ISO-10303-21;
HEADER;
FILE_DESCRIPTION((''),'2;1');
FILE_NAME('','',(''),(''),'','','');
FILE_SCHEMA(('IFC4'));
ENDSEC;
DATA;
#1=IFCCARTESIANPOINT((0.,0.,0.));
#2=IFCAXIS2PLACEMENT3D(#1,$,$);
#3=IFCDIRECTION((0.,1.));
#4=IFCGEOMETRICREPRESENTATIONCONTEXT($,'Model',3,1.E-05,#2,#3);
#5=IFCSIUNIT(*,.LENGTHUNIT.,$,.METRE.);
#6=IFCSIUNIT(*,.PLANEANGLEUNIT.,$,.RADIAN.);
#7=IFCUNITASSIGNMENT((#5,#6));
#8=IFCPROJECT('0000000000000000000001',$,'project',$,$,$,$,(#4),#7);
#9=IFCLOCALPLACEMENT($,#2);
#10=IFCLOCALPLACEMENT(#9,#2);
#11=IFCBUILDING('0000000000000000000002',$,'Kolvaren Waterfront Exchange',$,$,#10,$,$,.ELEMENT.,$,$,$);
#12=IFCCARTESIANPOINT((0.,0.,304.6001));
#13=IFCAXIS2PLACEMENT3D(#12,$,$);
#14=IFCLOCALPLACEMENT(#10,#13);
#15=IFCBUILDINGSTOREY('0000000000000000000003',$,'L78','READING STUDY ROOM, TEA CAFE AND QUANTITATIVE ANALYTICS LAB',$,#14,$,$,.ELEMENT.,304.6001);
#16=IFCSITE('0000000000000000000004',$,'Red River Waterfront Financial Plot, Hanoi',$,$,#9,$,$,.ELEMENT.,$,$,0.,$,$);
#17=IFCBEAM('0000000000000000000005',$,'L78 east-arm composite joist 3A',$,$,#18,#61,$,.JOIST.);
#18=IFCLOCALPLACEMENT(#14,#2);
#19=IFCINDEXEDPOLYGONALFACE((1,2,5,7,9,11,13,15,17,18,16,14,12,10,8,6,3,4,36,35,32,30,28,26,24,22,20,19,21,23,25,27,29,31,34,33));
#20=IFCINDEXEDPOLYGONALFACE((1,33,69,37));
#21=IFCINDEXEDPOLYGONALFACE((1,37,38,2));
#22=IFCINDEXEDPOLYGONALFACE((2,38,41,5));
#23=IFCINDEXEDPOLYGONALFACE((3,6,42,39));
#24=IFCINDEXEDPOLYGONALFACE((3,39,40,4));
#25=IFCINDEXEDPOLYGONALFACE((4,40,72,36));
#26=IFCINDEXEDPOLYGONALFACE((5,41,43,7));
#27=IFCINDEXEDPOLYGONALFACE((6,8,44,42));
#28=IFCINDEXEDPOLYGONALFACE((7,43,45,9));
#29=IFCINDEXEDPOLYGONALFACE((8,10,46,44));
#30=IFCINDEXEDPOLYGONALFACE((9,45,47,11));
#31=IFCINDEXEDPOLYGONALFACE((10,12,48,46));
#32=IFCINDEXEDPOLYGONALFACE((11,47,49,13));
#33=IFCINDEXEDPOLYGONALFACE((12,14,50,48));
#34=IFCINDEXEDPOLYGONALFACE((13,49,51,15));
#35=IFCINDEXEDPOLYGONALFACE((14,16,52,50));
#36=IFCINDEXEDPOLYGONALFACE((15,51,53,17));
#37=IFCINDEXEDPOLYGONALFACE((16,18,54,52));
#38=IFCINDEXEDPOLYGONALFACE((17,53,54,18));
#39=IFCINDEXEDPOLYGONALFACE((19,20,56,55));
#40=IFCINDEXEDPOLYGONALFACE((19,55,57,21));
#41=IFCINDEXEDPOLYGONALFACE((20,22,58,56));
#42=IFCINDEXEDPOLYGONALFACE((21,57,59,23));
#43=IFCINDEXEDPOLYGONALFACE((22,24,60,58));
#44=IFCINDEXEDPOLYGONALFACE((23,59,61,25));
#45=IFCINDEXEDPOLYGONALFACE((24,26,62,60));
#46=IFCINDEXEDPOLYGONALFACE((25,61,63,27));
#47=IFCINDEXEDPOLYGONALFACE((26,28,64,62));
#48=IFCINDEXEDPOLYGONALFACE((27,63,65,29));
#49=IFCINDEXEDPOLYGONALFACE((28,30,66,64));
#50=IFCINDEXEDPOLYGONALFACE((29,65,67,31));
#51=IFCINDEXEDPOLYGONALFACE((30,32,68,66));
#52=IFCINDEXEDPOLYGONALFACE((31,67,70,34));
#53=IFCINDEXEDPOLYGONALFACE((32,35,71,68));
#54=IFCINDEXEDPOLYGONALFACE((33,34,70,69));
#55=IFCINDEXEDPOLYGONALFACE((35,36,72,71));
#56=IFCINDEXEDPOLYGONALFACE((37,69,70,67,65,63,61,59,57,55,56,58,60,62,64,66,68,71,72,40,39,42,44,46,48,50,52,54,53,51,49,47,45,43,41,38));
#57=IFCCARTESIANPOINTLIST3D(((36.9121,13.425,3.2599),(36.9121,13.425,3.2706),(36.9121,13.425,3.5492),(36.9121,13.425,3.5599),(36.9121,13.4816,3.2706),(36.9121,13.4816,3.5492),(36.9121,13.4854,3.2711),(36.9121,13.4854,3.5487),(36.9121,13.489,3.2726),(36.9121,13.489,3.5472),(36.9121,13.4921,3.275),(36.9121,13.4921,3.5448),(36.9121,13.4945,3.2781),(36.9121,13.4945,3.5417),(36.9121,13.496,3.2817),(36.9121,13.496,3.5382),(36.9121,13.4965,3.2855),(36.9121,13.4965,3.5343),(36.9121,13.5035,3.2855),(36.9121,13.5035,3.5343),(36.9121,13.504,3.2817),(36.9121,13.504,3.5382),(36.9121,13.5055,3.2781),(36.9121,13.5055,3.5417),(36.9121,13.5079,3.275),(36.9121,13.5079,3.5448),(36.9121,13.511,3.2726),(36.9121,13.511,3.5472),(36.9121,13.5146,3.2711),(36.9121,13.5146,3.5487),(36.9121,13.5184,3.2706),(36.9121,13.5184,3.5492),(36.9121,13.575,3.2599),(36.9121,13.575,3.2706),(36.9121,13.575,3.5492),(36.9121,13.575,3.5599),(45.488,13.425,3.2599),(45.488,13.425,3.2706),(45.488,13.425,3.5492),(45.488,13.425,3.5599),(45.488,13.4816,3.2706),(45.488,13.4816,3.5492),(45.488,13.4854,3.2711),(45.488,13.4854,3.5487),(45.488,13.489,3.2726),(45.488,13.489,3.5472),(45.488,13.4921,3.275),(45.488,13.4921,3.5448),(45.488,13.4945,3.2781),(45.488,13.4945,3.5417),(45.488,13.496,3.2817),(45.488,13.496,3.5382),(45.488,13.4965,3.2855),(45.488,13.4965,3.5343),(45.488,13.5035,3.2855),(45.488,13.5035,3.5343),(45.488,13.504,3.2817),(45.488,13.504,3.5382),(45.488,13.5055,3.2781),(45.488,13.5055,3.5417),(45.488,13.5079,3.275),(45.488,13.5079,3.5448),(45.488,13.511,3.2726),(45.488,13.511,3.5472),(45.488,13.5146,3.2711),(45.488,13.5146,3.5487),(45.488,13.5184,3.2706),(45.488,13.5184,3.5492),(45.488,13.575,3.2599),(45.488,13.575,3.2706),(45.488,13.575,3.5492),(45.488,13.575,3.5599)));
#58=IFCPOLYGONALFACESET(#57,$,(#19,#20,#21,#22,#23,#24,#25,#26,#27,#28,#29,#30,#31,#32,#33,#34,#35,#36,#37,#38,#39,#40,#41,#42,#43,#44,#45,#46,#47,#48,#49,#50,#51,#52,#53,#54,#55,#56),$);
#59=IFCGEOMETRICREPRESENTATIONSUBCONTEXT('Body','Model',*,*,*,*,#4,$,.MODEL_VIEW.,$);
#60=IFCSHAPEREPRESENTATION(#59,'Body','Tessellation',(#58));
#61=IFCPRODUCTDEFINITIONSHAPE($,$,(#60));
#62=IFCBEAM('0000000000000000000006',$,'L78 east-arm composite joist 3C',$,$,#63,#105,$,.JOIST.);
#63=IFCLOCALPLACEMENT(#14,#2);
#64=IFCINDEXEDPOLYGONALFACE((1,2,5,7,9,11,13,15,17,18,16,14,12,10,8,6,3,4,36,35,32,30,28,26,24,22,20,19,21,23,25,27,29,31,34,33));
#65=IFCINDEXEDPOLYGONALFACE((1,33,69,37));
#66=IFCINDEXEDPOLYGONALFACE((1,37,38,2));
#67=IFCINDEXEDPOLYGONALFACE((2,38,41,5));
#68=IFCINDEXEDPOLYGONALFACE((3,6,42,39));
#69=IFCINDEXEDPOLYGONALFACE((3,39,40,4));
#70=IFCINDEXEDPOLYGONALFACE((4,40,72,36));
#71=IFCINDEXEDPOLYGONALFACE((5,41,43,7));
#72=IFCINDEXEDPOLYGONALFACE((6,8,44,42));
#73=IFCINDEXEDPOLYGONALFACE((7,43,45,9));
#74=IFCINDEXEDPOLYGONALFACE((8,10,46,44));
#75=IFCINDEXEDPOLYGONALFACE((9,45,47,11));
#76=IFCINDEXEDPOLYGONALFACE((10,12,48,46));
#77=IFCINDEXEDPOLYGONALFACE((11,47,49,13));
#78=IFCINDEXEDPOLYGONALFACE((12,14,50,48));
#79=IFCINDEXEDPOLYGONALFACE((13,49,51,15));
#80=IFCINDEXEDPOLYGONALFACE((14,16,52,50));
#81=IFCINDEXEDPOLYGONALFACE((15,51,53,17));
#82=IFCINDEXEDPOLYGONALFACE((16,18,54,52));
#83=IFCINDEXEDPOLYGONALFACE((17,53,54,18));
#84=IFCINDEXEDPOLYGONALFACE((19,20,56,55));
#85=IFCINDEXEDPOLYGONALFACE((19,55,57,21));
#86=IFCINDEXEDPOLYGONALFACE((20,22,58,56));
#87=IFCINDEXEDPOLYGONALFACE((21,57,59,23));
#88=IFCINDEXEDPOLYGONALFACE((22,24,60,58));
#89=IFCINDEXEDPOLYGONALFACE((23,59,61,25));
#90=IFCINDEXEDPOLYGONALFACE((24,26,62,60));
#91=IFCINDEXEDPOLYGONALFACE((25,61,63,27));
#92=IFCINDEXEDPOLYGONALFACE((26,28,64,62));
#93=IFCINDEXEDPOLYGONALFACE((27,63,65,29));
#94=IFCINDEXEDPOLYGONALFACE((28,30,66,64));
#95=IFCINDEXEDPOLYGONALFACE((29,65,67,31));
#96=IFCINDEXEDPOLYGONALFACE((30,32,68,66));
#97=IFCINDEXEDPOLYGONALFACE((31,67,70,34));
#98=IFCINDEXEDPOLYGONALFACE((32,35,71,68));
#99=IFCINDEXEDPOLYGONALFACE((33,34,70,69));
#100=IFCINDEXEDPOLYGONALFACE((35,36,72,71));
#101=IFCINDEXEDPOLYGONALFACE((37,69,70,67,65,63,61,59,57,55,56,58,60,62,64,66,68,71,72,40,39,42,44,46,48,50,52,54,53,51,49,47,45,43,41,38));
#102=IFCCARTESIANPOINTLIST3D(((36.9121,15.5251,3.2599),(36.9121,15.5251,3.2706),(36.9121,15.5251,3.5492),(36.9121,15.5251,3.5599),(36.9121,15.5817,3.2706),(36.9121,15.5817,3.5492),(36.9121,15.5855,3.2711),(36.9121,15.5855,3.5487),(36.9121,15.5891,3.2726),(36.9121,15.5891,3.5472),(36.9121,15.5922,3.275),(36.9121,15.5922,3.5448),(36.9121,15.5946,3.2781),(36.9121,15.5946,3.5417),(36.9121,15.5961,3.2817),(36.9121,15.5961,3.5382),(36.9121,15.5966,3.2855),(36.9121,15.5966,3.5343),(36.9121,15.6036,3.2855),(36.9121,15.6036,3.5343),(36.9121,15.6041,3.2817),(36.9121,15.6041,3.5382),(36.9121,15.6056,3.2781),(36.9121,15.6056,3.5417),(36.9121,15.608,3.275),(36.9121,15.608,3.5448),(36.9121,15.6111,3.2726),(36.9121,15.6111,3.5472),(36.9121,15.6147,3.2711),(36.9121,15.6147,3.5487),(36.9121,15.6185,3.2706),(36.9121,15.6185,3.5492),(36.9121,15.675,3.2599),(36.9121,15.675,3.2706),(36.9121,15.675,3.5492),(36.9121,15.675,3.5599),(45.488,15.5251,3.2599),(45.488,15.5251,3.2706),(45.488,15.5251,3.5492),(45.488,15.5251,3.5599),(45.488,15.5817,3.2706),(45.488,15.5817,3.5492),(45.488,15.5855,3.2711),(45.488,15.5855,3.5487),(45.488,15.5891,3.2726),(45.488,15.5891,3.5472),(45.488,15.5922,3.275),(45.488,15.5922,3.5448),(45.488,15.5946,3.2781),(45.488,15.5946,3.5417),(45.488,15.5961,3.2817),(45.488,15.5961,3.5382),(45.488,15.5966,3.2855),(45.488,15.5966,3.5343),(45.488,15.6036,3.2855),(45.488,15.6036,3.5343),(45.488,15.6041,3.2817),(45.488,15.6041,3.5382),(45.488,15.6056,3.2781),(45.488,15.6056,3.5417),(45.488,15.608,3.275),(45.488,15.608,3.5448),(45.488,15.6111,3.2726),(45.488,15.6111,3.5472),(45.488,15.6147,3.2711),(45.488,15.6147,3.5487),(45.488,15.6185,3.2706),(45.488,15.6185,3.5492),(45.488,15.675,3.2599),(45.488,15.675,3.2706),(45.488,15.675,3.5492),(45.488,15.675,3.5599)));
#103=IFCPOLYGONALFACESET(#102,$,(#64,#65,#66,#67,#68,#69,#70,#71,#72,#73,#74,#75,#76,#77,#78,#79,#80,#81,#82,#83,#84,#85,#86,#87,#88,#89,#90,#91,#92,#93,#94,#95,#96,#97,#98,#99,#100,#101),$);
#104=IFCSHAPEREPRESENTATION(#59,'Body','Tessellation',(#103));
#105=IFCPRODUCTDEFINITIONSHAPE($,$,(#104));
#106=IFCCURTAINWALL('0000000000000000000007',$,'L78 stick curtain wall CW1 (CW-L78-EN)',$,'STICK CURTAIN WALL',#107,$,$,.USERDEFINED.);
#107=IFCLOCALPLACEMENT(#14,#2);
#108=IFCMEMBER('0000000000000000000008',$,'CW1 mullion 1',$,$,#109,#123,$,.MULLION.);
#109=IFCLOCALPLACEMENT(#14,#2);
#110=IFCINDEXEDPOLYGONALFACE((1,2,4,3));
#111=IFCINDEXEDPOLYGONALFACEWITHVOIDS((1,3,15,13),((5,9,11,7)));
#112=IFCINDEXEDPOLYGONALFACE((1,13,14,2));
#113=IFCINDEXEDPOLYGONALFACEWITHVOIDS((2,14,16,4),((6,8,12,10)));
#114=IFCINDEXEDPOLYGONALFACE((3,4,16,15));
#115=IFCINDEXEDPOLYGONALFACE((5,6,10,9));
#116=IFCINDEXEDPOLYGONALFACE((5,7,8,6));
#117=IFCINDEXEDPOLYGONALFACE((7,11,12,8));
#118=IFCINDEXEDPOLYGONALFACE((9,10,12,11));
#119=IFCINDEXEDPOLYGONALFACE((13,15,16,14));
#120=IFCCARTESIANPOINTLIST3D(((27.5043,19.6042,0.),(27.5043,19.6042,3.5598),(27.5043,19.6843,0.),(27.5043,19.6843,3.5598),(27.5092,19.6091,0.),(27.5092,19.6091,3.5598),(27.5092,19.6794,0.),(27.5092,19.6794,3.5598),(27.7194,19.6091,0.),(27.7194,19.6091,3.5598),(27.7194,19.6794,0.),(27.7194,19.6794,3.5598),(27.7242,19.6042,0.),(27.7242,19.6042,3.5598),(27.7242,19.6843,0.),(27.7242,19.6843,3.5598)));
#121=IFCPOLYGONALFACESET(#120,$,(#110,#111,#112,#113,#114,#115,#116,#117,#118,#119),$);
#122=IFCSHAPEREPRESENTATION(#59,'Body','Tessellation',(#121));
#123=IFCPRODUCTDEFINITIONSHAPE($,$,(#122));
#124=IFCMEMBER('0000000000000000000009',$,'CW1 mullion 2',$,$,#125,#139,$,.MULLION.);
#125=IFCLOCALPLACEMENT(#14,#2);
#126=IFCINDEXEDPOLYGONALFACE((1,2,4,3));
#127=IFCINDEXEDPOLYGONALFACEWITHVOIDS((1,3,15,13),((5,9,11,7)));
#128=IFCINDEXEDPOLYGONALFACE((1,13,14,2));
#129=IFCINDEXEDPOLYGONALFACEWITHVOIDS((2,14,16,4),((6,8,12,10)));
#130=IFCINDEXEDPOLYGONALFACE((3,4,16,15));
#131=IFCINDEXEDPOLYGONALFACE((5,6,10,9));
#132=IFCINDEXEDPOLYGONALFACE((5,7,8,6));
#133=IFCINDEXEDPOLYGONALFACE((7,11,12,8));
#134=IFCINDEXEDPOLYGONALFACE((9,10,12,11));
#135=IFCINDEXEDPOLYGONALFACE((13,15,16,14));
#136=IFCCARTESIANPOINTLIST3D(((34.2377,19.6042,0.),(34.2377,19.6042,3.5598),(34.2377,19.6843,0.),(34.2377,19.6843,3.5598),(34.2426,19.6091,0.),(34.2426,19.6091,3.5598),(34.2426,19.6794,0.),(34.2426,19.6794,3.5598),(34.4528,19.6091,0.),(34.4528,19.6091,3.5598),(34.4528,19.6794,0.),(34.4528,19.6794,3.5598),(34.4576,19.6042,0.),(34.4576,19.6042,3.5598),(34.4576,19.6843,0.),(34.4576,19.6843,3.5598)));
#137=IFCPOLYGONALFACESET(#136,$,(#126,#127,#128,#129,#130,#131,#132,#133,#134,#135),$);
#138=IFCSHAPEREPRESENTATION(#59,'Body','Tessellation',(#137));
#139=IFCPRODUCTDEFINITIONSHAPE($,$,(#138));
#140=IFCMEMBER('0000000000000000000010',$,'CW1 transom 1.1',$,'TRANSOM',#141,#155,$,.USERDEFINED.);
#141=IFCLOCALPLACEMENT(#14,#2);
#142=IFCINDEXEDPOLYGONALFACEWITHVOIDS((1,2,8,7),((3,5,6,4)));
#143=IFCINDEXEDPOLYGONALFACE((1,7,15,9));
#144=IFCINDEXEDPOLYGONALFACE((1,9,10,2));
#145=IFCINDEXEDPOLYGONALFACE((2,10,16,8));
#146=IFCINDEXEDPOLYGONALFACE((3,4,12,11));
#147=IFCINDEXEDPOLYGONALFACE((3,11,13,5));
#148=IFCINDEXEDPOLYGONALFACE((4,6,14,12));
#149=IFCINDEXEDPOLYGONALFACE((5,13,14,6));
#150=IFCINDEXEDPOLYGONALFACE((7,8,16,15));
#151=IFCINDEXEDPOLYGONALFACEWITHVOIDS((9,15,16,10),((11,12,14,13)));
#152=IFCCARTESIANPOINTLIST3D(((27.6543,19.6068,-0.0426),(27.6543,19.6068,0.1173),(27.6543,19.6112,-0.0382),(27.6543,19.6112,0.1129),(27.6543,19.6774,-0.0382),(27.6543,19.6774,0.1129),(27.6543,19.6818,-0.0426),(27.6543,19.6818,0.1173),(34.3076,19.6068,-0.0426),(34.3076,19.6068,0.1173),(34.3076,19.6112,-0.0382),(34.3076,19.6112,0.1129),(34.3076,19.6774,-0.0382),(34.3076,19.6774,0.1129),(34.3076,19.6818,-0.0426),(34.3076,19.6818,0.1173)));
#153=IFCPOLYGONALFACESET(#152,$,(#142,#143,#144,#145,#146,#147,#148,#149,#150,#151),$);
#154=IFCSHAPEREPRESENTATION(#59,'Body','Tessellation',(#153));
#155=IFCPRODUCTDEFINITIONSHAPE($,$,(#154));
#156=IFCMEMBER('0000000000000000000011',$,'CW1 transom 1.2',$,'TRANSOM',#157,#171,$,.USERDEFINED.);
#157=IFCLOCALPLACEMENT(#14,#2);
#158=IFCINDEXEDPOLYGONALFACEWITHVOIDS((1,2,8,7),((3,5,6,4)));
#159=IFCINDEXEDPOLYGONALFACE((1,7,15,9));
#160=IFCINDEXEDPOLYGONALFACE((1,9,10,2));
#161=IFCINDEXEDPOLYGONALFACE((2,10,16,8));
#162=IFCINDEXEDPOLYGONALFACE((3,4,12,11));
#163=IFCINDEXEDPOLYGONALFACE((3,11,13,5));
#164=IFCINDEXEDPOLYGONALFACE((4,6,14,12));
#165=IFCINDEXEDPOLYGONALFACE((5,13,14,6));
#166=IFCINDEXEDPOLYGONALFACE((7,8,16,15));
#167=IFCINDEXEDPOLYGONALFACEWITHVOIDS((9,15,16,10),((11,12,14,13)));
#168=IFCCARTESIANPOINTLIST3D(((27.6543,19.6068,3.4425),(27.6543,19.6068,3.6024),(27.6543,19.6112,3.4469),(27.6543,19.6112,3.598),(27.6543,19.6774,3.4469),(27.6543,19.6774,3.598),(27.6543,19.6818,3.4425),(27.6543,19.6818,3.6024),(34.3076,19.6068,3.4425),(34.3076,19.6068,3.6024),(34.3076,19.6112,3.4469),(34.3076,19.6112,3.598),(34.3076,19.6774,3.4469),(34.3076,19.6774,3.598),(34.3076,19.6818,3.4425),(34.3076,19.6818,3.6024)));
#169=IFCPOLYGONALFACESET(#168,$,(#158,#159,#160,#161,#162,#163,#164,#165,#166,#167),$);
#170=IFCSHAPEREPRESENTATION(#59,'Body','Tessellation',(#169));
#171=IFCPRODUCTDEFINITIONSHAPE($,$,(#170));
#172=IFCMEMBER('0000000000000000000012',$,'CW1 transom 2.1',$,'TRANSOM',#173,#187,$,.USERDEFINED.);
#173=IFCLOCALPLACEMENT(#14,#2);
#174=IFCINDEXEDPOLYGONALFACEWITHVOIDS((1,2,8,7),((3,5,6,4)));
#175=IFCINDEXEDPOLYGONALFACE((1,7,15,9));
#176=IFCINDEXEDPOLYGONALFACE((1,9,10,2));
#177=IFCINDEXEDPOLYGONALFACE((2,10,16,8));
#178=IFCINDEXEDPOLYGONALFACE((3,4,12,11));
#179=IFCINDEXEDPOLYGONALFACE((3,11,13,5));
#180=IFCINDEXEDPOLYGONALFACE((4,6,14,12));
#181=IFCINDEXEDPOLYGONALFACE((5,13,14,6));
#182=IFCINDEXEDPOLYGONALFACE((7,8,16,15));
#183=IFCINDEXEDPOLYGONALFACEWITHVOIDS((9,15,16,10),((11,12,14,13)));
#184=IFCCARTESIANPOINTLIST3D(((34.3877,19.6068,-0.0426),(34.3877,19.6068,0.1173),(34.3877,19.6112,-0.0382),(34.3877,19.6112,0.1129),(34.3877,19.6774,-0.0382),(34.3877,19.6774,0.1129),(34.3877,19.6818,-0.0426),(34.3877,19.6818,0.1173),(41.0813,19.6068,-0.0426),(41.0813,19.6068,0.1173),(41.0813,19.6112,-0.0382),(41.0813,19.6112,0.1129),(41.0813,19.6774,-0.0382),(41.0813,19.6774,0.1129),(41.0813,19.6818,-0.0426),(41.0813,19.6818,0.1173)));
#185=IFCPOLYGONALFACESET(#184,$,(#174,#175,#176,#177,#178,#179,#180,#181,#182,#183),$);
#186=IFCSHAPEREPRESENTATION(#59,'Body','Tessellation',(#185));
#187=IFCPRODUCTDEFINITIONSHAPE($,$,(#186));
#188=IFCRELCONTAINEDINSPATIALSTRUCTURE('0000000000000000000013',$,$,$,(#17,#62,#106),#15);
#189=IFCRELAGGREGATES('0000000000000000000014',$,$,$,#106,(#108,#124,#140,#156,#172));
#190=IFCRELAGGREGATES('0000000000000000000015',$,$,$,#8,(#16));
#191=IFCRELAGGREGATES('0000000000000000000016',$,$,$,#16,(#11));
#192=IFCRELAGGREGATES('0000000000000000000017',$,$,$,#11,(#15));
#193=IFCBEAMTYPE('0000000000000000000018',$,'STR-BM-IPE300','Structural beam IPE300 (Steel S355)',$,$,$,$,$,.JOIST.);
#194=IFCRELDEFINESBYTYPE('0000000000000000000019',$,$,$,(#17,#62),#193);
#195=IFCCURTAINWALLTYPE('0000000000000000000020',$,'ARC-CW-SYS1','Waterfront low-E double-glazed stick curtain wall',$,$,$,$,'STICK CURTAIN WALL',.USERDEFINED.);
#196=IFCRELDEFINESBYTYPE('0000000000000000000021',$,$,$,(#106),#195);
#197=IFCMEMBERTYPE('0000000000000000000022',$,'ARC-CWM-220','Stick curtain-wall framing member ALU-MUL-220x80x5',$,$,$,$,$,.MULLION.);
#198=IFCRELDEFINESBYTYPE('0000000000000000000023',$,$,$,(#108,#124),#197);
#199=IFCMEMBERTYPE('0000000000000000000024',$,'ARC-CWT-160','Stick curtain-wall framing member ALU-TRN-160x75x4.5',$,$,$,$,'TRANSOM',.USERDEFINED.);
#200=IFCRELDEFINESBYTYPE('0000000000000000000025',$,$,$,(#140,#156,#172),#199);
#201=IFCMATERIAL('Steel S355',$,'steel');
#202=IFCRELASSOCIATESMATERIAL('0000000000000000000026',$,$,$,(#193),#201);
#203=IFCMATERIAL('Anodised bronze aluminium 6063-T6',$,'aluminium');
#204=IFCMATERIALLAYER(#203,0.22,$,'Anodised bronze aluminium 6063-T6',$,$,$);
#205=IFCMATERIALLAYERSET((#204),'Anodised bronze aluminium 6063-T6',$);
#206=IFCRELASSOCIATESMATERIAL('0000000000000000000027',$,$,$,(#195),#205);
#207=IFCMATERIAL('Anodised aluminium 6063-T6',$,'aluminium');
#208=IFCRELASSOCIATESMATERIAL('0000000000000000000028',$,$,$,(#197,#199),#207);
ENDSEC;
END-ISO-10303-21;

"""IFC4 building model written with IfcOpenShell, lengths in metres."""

from ifc_helpers import new_model, si_unit, direction, frame, origin, origin_with_axes, origin_2d, place, context, subcontext, project, spatial, hollow_rectangle, i_section, extrude, source, transform, mapped, material, layer, layer_set, material_profile, profile_set, type_object, element, aggregate, save


model = new_model("IFC4")

# Units and contexts
model_context = context("Model", 3, precision=1e-05, world=origin(), true_north=direction((0.0, 1.0)))
body_context = subcontext(model_context, "Body", "Model", "MODEL_VIEW")
ifc_project = project(units=[si_unit("LENGTHUNIT", "METRE"), si_unit("PLANEANGLEUNIT", "RADIAN")], contexts=[model_context])

# Site, building, storey
site_placement = place(None, origin())
site = spatial("IfcSite", under=ifc_project, at=site_placement, Name="Red River Waterfront Financial Plot, Hanoi", CompositionType="ELEMENT", RefElevation=0.0)
building_placement = place(site_placement, origin())
building = spatial("IfcBuilding", under=site, at=building_placement, Name="Kolvaren Waterfront Exchange", CompositionType="ELEMENT")
storey_placement = place(building_placement, frame((0.0, 0.0, 304.6001)))
storey = spatial("IfcBuildingStorey", under=building, at=storey_placement, Name="L78", Description="READING STUDY ROOM, TEA CAFE AND QUANTITATIVE ANALYTICS LAB", CompositionType="ELEMENT", Elevation=304.6001)

# Beams
ifc_material_1 = material(Name="Steel S355", Category="steel")
ifc_material_profile_1 = material_profile(ifc_material_1, i_section(OverallWidth=0.1499, OverallDepth=0.3, WebThickness=0.0071, FlangeThickness=0.0107, FilletRadius=0.0149, at=origin_2d()), Name="IPE300")
ifc_profile_set_1 = profile_set([ifc_material_profile_1], Name="Steel S355")
beam_type_1 = type_object("IfcBeamType", Name="STR-BM-IPE300", Description="Structural beam IPE300 (Steel S355)", PredefinedType="JOIST", material=ifc_profile_set_1)
for number, where, z_axis, x_axis, name in (
    (1, (36.9121, 13.5, 3.4099), (1.0, 0.0, 0.0), (0.0, 1.0, 0.0), "L78 east-arm composite joist 3A"),
    (2, (36.9121, 15.6001, 3.4099), (1.0, 0.0, 0.0), (0.0, 1.0, 0.0), "L78 east-arm composite joist 3C"),
):
    element("IfcBeam", number, at=place(storey_placement, frame(where, z_axis=z_axis, x_axis=x_axis)), inside=storey, type_object=beam_type_1, Name=name, PredefinedType="JOIST", context=body_context, shape_type="SweptSolid", body=[
        extrude(i_section(OverallWidth=0.1499, OverallDepth=0.3, WebThickness=0.0071, FlangeThickness=0.0107, FilletRadius=0.0149, at=origin_2d()), origin(), (0.0, 0.0, 1.0), 8.5759),
    ])

# Curtain wall, members
ifc_material_2 = material(Name="Anodised bronze aluminium 6063-T6", Category="aluminium")
ifc_layer_1 = layer(ifc_material_2, 0.22, Name="Anodised bronze aluminium 6063-T6")
ifc_layer_set_1 = layer_set([ifc_layer_1], Name="Anodised bronze aluminium 6063-T6")
curtain_wall_type = type_object("IfcCurtainWallType", Name="ARC-CW-SYS1", Description="Waterfront low-E double-glazed stick curtain wall", ElementType="STICK CURTAIN WALL", PredefinedType="USERDEFINED", material=ifc_layer_set_1)
curtain_wall_placement = place(storey_placement, origin())
curtain_wall = element("IfcCurtainWall", 3, at=curtain_wall_placement, inside=storey, type_object=curtain_wall_type, Name="L78 stick curtain wall CW1 (CW-L78-EN)", ObjectType="STICK CURTAIN WALL", PredefinedType="USERDEFINED")
ifc_material_3 = material(Name="Anodised aluminium 6063-T6", Category="aluminium")
ifc_material_profile_2 = material_profile(ifc_material_3, hollow_rectangle(XDim=0.0801, YDim=0.22, WallThickness=0.0049, at=origin_2d()), Name="ALU-MUL-220x80x5")
ifc_profile_set_2 = profile_set([ifc_material_profile_2], Name="Anodised aluminium 6063-T6")
member_type_1 = type_object("IfcMemberType", Name="ARC-CWM-220", Description="Stick curtain-wall framing member ALU-MUL-220x80x5", PredefinedType="MULLION", material=ifc_profile_set_2)
shared_shape_1 = source(origin_with_axes(), body_context, "Body", "SweptSolid", [
    extrude(hollow_rectangle(XDim=0.0801, YDim=0.22, WallThickness=0.0049, at=origin_2d()), origin(), (0.0, 0.0, 1.0), 3.5598),
])
member_1_placement = place(storey_placement, frame((27.6143, 19.6443, 0.0), z_axis=(0.0, 0.0, 1.0), x_axis=(0.0, 1.0, 0.0)))
member_1 = element("IfcMember", 4, at=member_1_placement, type_object=member_type_1, Name="CW1 mullion 1", PredefinedType="MULLION", context=body_context, shape_type="MappedRepresentation", body=[
    mapped(shared_shape_1, transform((0.0, 0.0, 0.0), x_axis=(1.0, 0.0, 0.0), y_axis=(0.0, 1.0, 0.0), z_axis=(0.0, 0.0, 1.0), scale=1.0)),
])
member_2_placement = place(storey_placement, frame((34.3477, 19.6443, 0.0), z_axis=(0.0, 0.0, 1.0), x_axis=(0.0, 1.0, 0.0)))
member_2 = element("IfcMember", 5, at=member_2_placement, type_object=member_type_1, Name="CW1 mullion 2", PredefinedType="MULLION", context=body_context, shape_type="MappedRepresentation", body=[
    mapped(shared_shape_1, transform((0.0, 0.0, 0.0), x_axis=(1.0, 0.0, 0.0), y_axis=(0.0, 1.0, 0.0), z_axis=(0.0, 0.0, 1.0), scale=1.0)),
])
ifc_material_profile_3 = material_profile(ifc_material_3, hollow_rectangle(XDim=0.075, YDim=0.1599, WallThickness=0.0044, at=origin_2d()), Name="ALU-TRN-160x75x4.5")
ifc_profile_set_3 = profile_set([ifc_material_profile_3], Name="Anodised aluminium 6063-T6")
member_type_2 = type_object("IfcMemberType", Name="ARC-CWT-160", Description="Stick curtain-wall framing member ALU-TRN-160x75x4.5", ElementType="TRANSOM", PredefinedType="USERDEFINED", material=ifc_profile_set_3)
shared_shape_2 = source(origin_with_axes(), body_context, "Body", "SweptSolid", [
    extrude(hollow_rectangle(XDim=0.075, YDim=0.1599, WallThickness=0.0044, at=origin_2d()), origin(), (0.0, 0.0, 1.0), 6.6533),
])
member_3_placement = place(storey_placement, frame((27.6543, 19.6443, 0.0374), z_axis=(1.0, 0.0, 0.0), x_axis=(0.0, 1.0, 0.0)))
member_3 = element("IfcMember", 6, at=member_3_placement, type_object=member_type_2, Name="CW1 transom 1.1", ObjectType="TRANSOM", PredefinedType="USERDEFINED", context=body_context, shape_type="MappedRepresentation", body=[
    mapped(shared_shape_2, transform((0.0, 0.0, 0.0), x_axis=(1.0, 0.0, 0.0), y_axis=(0.0, 1.0, 0.0), z_axis=(0.0, 0.0, 1.0), scale=1.0)),
])
member_4_placement = place(storey_placement, frame((27.6543, 19.6443, 3.5225), z_axis=(1.0, 0.0, 0.0), x_axis=(0.0, 1.0, 0.0)))
member_4 = element("IfcMember", 7, at=member_4_placement, type_object=member_type_2, Name="CW1 transom 1.2", ObjectType="TRANSOM", PredefinedType="USERDEFINED", context=body_context, shape_type="MappedRepresentation", body=[
    mapped(shared_shape_2, transform((0.0, 0.0, 0.0), x_axis=(1.0, 0.0, 0.0), y_axis=(0.0, 1.0, 0.0), z_axis=(0.0, 0.0, 1.0), scale=1.0)),
])
shared_shape_3 = source(origin_with_axes(), body_context, "Body", "SweptSolid", [
    extrude(hollow_rectangle(XDim=0.075, YDim=0.1599, WallThickness=0.0044, at=origin_2d()), origin(), (0.0, 0.0, 1.0), 6.6936),
])
member_5_placement = place(storey_placement, frame((34.3877, 19.6443, 0.0374), z_axis=(1.0, 0.0, 0.0), x_axis=(0.0, 1.0, 0.0)))
member_5 = element("IfcMember", 8, at=member_5_placement, type_object=member_type_2, Name="CW1 transom 2.1", ObjectType="TRANSOM", PredefinedType="USERDEFINED", context=body_context, shape_type="MappedRepresentation", body=[
    mapped(shared_shape_3, transform((0.0, 0.0, 0.0), x_axis=(1.0, 0.0, 0.0), y_axis=(0.0, 1.0, 0.0), z_axis=(0.0, 0.0, 1.0), scale=1.0)),
])
aggregate(curtain_wall, [member_1, member_2, member_3, member_4, member_5])

save(model, "model.ifc")
